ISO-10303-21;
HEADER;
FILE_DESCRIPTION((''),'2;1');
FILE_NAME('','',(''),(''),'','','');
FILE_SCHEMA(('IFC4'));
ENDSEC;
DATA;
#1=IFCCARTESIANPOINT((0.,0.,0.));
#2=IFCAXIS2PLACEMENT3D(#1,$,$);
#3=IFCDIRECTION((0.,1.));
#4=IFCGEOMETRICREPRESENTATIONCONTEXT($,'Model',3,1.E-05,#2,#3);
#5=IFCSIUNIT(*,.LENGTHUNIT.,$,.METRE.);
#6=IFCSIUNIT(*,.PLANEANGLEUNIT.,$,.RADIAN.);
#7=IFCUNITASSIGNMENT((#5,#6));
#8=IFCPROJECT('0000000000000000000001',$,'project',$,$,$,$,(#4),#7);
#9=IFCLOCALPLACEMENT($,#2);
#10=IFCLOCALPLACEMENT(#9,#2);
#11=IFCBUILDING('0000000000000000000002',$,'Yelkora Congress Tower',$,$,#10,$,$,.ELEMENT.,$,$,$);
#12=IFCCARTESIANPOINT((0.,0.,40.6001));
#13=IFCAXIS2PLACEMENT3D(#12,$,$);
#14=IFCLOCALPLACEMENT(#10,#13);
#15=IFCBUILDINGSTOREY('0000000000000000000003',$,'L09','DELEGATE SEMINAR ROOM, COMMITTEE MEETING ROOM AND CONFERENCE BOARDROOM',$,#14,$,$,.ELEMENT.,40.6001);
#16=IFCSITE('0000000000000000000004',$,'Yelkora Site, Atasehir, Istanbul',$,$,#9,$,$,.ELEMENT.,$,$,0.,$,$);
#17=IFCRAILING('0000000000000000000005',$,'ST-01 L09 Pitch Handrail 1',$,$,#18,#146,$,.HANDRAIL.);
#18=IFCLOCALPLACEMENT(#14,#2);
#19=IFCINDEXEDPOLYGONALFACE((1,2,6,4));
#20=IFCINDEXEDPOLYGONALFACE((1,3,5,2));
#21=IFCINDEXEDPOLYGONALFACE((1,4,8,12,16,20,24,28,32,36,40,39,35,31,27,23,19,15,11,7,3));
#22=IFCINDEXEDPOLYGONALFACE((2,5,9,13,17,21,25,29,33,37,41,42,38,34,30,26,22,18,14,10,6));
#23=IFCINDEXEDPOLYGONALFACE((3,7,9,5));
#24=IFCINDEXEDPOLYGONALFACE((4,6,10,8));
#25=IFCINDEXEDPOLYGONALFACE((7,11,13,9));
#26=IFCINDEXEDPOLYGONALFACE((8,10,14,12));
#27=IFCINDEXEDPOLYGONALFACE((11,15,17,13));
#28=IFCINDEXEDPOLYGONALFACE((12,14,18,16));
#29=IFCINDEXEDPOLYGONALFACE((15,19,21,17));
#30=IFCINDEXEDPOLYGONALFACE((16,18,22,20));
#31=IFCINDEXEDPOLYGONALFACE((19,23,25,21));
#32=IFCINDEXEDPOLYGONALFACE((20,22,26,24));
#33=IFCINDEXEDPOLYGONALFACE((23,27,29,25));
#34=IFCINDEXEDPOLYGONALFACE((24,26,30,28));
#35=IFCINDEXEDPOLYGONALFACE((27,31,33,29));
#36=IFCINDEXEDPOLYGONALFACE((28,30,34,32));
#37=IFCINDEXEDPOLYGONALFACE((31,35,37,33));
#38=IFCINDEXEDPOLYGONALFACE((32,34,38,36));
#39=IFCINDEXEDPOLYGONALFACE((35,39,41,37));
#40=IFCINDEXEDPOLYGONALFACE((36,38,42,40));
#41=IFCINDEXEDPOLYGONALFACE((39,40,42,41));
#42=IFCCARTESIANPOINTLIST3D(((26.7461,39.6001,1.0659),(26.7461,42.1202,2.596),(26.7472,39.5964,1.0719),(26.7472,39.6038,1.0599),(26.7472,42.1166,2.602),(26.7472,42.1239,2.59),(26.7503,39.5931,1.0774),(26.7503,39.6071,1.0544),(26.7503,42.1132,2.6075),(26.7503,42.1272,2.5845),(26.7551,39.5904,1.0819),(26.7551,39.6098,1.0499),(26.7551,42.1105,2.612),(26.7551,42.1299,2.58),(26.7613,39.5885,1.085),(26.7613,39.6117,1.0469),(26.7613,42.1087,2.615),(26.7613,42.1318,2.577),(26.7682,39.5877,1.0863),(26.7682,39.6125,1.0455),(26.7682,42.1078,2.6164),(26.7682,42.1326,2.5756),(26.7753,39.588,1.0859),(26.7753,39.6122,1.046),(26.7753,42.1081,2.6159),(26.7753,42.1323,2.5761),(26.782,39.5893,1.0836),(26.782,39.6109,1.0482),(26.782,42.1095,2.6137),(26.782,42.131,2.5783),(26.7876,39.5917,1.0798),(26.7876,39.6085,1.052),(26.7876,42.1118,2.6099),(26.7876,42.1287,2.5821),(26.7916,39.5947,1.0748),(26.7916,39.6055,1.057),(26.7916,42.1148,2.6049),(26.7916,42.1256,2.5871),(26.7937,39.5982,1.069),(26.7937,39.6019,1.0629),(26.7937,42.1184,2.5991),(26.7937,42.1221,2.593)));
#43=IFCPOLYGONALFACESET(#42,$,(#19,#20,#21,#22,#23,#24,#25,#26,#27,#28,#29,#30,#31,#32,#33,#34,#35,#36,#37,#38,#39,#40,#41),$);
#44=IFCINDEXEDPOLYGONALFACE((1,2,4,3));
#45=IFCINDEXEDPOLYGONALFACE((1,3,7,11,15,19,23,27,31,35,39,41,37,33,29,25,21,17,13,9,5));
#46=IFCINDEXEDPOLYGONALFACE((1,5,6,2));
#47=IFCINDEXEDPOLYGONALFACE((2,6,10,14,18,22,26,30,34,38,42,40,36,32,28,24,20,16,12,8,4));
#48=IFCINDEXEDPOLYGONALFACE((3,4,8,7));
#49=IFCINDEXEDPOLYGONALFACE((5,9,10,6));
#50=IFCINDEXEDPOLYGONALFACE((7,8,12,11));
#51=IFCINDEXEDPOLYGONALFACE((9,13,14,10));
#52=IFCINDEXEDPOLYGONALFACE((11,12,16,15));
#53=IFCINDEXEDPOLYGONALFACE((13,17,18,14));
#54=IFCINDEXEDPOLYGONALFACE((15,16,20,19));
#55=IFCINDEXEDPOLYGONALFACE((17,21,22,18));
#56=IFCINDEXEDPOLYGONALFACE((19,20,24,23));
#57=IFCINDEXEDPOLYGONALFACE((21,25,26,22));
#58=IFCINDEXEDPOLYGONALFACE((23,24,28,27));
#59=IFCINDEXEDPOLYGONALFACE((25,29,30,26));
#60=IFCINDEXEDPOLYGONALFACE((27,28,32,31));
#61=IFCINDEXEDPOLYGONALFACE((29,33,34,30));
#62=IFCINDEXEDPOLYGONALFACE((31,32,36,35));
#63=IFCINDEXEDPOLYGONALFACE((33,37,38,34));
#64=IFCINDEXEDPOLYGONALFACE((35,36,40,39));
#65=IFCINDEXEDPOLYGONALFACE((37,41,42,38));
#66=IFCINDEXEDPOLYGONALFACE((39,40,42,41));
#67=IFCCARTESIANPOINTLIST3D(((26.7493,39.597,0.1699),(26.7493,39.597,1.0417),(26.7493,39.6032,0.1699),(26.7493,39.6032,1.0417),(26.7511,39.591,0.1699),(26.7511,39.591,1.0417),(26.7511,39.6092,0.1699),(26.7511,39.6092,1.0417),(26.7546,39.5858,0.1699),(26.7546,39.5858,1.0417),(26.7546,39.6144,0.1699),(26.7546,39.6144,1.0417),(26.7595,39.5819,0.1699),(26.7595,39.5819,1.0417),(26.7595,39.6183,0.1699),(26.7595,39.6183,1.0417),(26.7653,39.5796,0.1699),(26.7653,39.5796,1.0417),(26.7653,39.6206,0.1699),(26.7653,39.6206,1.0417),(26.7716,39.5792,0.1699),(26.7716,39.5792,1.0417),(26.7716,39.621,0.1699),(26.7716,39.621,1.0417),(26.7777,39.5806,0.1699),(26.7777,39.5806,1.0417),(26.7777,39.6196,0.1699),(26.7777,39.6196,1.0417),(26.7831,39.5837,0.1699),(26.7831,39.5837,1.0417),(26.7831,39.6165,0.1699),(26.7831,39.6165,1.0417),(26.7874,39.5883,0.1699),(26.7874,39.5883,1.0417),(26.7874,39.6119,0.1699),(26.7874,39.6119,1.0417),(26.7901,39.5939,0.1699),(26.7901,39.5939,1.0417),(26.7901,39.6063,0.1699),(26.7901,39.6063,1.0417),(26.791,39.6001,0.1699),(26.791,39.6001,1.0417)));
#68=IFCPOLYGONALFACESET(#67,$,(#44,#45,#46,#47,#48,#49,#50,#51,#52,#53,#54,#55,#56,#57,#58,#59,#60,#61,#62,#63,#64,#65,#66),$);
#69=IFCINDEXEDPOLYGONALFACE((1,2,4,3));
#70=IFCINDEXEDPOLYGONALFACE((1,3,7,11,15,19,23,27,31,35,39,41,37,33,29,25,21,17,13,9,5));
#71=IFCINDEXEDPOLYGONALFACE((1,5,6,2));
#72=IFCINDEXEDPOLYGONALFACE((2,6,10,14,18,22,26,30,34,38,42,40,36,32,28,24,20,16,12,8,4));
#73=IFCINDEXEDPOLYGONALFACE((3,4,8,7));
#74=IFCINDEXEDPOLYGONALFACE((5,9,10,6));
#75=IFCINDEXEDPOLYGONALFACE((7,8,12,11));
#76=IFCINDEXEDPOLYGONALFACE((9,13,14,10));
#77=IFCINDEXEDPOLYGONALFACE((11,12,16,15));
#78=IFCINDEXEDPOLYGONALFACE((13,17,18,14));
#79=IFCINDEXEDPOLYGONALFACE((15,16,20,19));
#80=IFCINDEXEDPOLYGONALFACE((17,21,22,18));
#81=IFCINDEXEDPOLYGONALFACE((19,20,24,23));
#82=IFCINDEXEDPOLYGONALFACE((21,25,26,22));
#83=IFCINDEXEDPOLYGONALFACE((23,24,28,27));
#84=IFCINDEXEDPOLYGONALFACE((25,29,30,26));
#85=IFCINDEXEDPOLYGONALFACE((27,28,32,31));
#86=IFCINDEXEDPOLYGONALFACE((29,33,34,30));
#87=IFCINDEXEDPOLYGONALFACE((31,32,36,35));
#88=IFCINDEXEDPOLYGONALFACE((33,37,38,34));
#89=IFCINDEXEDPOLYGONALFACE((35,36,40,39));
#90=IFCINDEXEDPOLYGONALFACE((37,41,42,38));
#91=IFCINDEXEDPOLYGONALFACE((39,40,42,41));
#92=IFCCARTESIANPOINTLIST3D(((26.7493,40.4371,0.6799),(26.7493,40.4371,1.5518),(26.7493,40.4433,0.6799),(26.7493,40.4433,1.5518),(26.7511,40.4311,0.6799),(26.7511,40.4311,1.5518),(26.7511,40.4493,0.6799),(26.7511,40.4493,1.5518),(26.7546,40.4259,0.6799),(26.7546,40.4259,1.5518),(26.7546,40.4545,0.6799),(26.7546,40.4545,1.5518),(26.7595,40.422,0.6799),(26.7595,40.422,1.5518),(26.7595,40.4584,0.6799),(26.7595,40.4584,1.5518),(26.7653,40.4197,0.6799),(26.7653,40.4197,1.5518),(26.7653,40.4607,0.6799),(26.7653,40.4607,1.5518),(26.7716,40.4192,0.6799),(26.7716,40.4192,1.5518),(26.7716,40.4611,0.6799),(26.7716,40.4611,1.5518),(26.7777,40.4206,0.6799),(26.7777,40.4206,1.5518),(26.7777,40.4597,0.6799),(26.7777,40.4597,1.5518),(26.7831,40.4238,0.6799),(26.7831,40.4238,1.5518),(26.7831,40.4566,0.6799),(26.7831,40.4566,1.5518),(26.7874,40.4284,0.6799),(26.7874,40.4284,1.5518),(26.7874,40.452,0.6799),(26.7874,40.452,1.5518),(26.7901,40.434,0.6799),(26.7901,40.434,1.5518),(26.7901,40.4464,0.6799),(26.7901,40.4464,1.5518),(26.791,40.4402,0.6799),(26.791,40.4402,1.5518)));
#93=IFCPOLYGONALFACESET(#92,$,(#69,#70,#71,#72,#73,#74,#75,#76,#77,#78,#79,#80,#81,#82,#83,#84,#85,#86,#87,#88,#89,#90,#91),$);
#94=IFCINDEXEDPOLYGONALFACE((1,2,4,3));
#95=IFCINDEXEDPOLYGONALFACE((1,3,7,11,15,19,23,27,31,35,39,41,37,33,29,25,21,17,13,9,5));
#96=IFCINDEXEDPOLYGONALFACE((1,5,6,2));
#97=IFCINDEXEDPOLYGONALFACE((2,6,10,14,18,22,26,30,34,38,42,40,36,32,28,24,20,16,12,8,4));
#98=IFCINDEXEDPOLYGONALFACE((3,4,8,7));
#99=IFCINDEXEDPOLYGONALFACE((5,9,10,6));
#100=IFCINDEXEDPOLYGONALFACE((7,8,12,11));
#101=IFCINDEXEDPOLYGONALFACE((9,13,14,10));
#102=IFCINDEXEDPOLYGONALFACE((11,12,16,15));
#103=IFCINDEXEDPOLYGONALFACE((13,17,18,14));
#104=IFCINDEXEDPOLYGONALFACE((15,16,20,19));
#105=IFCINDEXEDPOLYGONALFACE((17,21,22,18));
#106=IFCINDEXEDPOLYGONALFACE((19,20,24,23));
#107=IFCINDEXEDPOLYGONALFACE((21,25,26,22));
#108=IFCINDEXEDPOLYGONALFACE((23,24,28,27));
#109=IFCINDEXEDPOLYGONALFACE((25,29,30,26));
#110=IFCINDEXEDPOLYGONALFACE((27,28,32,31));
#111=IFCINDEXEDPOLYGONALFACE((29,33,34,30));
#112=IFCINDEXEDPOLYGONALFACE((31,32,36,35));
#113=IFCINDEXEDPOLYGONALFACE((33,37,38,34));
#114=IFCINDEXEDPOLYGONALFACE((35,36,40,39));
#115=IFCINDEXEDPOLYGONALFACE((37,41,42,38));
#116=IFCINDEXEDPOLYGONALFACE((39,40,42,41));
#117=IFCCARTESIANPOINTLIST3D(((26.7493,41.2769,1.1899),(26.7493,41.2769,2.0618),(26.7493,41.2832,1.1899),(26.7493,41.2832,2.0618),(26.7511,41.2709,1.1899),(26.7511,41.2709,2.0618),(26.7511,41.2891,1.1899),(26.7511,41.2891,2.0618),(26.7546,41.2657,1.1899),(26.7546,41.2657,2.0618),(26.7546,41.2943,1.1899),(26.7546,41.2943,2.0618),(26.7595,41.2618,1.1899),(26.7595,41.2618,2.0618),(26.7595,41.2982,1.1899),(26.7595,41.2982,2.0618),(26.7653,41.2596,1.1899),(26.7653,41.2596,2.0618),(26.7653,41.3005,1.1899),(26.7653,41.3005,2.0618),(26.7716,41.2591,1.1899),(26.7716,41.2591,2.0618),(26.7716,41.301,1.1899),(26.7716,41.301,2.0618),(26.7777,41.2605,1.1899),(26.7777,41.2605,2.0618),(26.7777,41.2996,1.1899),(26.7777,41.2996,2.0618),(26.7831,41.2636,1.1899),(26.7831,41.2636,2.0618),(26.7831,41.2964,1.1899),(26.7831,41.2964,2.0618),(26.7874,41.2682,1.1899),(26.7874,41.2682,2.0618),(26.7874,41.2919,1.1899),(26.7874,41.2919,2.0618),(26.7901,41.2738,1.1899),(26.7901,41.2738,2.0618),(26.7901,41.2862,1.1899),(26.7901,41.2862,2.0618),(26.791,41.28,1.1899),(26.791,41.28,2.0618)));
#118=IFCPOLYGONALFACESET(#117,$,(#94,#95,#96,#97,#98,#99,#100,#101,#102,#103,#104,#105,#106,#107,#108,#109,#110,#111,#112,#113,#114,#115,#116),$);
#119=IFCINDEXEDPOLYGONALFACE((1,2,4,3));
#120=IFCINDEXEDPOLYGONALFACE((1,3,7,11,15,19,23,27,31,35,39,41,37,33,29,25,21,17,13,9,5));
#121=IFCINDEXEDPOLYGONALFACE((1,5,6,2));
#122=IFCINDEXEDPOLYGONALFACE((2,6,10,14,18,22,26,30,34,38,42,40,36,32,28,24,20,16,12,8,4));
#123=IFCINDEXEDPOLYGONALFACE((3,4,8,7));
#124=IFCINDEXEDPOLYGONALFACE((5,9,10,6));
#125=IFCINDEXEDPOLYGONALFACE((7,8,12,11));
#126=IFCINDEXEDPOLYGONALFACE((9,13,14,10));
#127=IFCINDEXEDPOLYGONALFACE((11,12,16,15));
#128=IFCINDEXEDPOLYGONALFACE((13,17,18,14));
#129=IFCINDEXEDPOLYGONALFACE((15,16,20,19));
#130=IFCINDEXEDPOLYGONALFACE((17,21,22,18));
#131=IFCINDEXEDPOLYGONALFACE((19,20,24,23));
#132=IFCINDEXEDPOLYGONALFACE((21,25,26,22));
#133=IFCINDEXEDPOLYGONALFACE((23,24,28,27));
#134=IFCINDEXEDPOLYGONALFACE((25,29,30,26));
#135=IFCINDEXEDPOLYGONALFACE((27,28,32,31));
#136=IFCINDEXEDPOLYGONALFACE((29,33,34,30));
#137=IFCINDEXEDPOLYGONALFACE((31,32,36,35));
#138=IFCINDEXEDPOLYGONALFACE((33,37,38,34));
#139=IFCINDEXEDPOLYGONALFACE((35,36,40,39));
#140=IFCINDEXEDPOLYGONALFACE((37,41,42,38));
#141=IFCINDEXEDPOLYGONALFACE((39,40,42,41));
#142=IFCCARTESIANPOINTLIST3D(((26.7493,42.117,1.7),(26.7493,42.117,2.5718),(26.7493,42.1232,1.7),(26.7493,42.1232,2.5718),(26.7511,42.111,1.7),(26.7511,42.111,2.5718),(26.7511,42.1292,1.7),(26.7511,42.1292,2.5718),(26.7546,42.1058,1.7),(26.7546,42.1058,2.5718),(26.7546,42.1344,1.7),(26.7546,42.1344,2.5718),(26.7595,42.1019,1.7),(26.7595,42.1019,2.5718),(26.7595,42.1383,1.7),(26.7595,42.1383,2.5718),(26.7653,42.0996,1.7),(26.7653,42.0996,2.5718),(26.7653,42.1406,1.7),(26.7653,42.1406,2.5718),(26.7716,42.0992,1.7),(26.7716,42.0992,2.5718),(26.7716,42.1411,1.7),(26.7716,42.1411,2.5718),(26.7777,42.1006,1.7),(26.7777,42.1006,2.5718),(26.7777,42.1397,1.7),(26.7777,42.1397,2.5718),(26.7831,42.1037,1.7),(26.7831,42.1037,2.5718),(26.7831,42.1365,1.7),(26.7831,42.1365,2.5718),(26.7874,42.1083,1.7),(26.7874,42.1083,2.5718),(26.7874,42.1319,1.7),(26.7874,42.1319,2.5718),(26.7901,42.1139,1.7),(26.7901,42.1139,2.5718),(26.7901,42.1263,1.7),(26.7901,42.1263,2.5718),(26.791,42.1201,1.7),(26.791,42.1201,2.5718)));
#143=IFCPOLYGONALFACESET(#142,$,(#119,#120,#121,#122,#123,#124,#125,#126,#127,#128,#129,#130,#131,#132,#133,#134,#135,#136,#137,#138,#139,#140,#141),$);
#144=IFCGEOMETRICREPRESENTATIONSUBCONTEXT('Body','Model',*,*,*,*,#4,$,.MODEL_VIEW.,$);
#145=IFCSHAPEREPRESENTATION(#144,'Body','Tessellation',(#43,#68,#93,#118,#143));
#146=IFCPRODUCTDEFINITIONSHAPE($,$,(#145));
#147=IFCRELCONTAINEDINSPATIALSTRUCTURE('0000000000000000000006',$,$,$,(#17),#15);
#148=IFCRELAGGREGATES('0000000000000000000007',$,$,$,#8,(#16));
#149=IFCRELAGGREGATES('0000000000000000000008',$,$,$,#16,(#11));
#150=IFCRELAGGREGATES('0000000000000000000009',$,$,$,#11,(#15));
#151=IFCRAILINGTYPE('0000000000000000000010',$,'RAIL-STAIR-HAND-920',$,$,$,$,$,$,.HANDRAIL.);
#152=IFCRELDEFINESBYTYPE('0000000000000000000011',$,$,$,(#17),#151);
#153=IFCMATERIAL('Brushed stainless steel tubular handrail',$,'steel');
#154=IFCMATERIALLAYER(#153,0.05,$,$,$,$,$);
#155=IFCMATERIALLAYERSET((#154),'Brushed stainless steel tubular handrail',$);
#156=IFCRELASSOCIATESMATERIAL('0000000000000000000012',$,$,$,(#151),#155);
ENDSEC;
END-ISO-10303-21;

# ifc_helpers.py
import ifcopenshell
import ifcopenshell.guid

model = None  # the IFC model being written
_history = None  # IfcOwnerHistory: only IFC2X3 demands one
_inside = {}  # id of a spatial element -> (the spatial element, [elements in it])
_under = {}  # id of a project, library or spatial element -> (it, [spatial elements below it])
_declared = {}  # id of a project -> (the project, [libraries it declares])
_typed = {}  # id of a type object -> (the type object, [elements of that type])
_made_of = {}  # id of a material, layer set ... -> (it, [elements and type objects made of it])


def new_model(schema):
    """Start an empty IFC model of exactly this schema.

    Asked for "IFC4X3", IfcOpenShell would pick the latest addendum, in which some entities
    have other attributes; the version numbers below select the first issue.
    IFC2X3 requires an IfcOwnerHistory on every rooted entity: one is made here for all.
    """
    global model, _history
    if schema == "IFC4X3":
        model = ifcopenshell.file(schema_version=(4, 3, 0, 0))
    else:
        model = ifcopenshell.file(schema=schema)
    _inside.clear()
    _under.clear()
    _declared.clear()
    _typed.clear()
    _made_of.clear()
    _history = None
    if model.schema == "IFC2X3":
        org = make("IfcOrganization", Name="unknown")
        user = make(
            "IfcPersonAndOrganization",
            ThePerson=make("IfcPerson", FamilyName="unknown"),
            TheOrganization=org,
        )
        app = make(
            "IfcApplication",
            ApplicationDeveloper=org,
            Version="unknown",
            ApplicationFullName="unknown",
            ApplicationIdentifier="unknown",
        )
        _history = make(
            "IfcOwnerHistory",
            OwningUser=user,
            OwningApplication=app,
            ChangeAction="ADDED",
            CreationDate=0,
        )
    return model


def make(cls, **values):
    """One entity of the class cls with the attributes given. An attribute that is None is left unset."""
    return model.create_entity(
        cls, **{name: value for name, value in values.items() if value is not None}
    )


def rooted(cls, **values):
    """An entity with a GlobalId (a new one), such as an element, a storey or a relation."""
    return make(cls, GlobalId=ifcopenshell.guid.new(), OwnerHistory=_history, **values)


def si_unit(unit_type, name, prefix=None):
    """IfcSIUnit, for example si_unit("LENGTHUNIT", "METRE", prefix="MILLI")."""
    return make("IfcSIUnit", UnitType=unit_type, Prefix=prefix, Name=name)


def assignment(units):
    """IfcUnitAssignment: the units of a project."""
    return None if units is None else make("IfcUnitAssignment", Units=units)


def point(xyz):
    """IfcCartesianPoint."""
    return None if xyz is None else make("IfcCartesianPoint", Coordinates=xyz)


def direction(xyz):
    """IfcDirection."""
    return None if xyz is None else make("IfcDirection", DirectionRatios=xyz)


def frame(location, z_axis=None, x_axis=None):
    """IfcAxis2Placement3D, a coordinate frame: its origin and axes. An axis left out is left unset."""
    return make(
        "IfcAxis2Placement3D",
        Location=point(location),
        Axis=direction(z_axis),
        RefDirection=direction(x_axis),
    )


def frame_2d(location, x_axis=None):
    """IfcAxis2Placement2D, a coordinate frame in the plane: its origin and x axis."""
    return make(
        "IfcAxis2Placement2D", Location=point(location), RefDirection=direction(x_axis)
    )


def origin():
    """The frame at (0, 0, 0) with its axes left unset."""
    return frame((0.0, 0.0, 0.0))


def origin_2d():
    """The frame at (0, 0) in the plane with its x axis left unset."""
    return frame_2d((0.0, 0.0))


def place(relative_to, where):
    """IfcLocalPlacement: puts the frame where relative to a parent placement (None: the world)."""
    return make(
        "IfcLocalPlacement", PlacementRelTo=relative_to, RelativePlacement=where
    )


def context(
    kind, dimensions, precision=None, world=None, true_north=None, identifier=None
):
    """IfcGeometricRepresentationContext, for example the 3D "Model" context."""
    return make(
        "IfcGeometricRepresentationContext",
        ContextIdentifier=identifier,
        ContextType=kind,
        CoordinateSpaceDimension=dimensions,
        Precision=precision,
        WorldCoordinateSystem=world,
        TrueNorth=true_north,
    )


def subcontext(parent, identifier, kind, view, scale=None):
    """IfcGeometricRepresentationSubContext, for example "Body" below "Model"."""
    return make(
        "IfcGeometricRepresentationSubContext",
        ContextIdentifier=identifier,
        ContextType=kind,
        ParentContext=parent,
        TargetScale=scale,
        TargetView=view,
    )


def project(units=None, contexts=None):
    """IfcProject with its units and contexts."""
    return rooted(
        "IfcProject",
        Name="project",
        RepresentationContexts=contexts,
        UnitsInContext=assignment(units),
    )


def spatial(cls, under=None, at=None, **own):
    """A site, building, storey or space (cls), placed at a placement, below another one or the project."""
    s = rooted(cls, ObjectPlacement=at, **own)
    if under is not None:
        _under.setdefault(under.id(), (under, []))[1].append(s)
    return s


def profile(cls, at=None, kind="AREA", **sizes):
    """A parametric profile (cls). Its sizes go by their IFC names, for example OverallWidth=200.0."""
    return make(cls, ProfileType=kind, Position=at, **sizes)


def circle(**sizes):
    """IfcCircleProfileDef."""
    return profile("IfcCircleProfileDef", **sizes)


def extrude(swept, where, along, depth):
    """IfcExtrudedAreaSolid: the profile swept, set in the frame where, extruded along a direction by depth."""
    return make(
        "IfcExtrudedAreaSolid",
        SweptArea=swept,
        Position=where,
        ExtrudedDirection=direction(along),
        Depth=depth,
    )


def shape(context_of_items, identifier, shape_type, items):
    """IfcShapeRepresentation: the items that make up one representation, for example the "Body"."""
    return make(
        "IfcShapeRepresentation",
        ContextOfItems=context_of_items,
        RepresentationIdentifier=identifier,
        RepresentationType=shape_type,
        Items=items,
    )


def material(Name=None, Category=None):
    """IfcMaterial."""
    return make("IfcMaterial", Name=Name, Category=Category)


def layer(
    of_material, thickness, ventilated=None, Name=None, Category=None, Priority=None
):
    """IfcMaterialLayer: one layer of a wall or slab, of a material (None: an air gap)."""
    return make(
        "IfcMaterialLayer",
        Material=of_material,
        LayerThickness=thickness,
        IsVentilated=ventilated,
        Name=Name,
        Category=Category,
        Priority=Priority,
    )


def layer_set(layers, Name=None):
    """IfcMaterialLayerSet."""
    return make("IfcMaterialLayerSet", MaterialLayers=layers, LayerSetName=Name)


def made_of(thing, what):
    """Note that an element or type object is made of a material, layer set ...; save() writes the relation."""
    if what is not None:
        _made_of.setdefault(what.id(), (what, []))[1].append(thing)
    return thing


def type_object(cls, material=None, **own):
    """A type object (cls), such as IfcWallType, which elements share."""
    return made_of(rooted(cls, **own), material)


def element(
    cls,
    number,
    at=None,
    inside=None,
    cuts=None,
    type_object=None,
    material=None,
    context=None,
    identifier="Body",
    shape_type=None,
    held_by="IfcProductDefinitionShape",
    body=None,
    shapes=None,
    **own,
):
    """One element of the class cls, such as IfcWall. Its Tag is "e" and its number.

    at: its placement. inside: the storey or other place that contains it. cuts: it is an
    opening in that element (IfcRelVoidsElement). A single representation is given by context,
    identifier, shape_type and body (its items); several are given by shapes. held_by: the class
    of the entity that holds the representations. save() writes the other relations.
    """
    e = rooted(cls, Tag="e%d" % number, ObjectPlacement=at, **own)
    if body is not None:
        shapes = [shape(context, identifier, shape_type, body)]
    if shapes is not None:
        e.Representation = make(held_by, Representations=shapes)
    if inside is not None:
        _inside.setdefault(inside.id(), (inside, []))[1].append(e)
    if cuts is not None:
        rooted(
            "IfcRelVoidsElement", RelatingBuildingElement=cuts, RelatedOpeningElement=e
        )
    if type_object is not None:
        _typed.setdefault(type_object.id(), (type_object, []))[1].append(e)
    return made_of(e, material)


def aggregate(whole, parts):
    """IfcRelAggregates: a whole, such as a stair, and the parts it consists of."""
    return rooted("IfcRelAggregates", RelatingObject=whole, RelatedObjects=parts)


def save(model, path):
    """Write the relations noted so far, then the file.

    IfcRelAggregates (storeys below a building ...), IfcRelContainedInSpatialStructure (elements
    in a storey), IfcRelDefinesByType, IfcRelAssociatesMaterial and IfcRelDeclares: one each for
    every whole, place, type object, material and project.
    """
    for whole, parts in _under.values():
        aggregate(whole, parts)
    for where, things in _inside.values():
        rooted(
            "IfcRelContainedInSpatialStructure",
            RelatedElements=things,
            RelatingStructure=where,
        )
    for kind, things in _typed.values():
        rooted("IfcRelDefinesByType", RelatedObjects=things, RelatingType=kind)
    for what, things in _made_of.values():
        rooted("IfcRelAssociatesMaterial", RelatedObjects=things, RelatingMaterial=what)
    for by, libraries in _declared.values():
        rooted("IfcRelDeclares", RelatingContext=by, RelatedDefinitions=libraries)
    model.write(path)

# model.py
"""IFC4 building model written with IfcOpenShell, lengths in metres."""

from ifc_helpers import new_model, si_unit, direction, frame, origin, origin_2d, place, context, subcontext, project, spatial, circle, extrude, material, layer, layer_set, type_object, element, save


model = new_model("IFC4")

# Units and contexts
model_context = context("Model", 3, precision=1e-05, world=origin(), true_north=direction((0.0, 1.0)))
body_context = subcontext(model_context, "Body", "Model", "MODEL_VIEW")
ifc_project = project(units=[si_unit("LENGTHUNIT", "METRE"), si_unit("PLANEANGLEUNIT", "RADIAN")], contexts=[model_context])

# Site, building, storey
site_placement = place(None, origin())
site = spatial("IfcSite", under=ifc_project, at=site_placement, Name="Yelkora Site, Atasehir, Istanbul", CompositionType="ELEMENT", RefElevation=0.0)
building_placement = place(site_placement, origin())
building = spatial("IfcBuilding", under=site, at=building_placement, Name="Yelkora Congress Tower", CompositionType="ELEMENT")
storey_placement = place(building_placement, frame((0.0, 0.0, 40.6001)))
storey = spatial("IfcBuildingStorey", under=building, at=storey_placement, Name="L09", Description="DELEGATE SEMINAR ROOM, COMMITTEE MEETING ROOM AND CONFERENCE BOARDROOM", CompositionType="ELEMENT", Elevation=40.6001)

# Railing
ifc_material_1 = material(Name="Brushed stainless steel tubular handrail", Category="steel")
ifc_layer_1 = layer(ifc_material_1, 0.05)
ifc_layer_set_1 = layer_set([ifc_layer_1], Name="Brushed stainless steel tubular handrail")
railing_type_1 = type_object("IfcRailingType", Name="RAIL-STAIR-HAND-920", PredefinedType="HANDRAIL", material=ifc_layer_set_1)
railing_1_placement = place(storey_placement, frame((26.77, 39.6001, 0.1699)))
element("IfcRailing", 1, at=railing_1_placement, inside=storey, type_object=railing_type_1, Name="ST-01 L09 Pitch Handrail 1", PredefinedType="HANDRAIL", context=body_context, shape_type="SweptSolid", body=[
    extrude(circle(Radius=0.0239, at=origin_2d()), frame((0.0, 0.0, 0.896), z_axis=(0.0, 0.854785, 0.518982), x_axis=(-1.0, 0.0, 0.0)), (0.0, 0.0, 1.0), 2.9482),
    extrude(circle(Radius=0.021, at=origin_2d()), origin(), (0.0, 0.0, 1.0), 0.8718),
    extrude(circle(Radius=0.021, at=origin_2d()), frame((0.0, 0.8401, 0.51)), (0.0, 0.0, 1.0), 0.8718),
    extrude(circle(Radius=0.021, at=origin_2d()), frame((0.0, 1.6799, 1.02)), (0.0, 0.0, 1.0), 0.8718),
    extrude(circle(Radius=0.021, at=origin_2d()), frame((0.0, 2.52, 1.53)), (0.0, 0.0, 1.0), 0.8718),
])

save(model, "model.ifc")
